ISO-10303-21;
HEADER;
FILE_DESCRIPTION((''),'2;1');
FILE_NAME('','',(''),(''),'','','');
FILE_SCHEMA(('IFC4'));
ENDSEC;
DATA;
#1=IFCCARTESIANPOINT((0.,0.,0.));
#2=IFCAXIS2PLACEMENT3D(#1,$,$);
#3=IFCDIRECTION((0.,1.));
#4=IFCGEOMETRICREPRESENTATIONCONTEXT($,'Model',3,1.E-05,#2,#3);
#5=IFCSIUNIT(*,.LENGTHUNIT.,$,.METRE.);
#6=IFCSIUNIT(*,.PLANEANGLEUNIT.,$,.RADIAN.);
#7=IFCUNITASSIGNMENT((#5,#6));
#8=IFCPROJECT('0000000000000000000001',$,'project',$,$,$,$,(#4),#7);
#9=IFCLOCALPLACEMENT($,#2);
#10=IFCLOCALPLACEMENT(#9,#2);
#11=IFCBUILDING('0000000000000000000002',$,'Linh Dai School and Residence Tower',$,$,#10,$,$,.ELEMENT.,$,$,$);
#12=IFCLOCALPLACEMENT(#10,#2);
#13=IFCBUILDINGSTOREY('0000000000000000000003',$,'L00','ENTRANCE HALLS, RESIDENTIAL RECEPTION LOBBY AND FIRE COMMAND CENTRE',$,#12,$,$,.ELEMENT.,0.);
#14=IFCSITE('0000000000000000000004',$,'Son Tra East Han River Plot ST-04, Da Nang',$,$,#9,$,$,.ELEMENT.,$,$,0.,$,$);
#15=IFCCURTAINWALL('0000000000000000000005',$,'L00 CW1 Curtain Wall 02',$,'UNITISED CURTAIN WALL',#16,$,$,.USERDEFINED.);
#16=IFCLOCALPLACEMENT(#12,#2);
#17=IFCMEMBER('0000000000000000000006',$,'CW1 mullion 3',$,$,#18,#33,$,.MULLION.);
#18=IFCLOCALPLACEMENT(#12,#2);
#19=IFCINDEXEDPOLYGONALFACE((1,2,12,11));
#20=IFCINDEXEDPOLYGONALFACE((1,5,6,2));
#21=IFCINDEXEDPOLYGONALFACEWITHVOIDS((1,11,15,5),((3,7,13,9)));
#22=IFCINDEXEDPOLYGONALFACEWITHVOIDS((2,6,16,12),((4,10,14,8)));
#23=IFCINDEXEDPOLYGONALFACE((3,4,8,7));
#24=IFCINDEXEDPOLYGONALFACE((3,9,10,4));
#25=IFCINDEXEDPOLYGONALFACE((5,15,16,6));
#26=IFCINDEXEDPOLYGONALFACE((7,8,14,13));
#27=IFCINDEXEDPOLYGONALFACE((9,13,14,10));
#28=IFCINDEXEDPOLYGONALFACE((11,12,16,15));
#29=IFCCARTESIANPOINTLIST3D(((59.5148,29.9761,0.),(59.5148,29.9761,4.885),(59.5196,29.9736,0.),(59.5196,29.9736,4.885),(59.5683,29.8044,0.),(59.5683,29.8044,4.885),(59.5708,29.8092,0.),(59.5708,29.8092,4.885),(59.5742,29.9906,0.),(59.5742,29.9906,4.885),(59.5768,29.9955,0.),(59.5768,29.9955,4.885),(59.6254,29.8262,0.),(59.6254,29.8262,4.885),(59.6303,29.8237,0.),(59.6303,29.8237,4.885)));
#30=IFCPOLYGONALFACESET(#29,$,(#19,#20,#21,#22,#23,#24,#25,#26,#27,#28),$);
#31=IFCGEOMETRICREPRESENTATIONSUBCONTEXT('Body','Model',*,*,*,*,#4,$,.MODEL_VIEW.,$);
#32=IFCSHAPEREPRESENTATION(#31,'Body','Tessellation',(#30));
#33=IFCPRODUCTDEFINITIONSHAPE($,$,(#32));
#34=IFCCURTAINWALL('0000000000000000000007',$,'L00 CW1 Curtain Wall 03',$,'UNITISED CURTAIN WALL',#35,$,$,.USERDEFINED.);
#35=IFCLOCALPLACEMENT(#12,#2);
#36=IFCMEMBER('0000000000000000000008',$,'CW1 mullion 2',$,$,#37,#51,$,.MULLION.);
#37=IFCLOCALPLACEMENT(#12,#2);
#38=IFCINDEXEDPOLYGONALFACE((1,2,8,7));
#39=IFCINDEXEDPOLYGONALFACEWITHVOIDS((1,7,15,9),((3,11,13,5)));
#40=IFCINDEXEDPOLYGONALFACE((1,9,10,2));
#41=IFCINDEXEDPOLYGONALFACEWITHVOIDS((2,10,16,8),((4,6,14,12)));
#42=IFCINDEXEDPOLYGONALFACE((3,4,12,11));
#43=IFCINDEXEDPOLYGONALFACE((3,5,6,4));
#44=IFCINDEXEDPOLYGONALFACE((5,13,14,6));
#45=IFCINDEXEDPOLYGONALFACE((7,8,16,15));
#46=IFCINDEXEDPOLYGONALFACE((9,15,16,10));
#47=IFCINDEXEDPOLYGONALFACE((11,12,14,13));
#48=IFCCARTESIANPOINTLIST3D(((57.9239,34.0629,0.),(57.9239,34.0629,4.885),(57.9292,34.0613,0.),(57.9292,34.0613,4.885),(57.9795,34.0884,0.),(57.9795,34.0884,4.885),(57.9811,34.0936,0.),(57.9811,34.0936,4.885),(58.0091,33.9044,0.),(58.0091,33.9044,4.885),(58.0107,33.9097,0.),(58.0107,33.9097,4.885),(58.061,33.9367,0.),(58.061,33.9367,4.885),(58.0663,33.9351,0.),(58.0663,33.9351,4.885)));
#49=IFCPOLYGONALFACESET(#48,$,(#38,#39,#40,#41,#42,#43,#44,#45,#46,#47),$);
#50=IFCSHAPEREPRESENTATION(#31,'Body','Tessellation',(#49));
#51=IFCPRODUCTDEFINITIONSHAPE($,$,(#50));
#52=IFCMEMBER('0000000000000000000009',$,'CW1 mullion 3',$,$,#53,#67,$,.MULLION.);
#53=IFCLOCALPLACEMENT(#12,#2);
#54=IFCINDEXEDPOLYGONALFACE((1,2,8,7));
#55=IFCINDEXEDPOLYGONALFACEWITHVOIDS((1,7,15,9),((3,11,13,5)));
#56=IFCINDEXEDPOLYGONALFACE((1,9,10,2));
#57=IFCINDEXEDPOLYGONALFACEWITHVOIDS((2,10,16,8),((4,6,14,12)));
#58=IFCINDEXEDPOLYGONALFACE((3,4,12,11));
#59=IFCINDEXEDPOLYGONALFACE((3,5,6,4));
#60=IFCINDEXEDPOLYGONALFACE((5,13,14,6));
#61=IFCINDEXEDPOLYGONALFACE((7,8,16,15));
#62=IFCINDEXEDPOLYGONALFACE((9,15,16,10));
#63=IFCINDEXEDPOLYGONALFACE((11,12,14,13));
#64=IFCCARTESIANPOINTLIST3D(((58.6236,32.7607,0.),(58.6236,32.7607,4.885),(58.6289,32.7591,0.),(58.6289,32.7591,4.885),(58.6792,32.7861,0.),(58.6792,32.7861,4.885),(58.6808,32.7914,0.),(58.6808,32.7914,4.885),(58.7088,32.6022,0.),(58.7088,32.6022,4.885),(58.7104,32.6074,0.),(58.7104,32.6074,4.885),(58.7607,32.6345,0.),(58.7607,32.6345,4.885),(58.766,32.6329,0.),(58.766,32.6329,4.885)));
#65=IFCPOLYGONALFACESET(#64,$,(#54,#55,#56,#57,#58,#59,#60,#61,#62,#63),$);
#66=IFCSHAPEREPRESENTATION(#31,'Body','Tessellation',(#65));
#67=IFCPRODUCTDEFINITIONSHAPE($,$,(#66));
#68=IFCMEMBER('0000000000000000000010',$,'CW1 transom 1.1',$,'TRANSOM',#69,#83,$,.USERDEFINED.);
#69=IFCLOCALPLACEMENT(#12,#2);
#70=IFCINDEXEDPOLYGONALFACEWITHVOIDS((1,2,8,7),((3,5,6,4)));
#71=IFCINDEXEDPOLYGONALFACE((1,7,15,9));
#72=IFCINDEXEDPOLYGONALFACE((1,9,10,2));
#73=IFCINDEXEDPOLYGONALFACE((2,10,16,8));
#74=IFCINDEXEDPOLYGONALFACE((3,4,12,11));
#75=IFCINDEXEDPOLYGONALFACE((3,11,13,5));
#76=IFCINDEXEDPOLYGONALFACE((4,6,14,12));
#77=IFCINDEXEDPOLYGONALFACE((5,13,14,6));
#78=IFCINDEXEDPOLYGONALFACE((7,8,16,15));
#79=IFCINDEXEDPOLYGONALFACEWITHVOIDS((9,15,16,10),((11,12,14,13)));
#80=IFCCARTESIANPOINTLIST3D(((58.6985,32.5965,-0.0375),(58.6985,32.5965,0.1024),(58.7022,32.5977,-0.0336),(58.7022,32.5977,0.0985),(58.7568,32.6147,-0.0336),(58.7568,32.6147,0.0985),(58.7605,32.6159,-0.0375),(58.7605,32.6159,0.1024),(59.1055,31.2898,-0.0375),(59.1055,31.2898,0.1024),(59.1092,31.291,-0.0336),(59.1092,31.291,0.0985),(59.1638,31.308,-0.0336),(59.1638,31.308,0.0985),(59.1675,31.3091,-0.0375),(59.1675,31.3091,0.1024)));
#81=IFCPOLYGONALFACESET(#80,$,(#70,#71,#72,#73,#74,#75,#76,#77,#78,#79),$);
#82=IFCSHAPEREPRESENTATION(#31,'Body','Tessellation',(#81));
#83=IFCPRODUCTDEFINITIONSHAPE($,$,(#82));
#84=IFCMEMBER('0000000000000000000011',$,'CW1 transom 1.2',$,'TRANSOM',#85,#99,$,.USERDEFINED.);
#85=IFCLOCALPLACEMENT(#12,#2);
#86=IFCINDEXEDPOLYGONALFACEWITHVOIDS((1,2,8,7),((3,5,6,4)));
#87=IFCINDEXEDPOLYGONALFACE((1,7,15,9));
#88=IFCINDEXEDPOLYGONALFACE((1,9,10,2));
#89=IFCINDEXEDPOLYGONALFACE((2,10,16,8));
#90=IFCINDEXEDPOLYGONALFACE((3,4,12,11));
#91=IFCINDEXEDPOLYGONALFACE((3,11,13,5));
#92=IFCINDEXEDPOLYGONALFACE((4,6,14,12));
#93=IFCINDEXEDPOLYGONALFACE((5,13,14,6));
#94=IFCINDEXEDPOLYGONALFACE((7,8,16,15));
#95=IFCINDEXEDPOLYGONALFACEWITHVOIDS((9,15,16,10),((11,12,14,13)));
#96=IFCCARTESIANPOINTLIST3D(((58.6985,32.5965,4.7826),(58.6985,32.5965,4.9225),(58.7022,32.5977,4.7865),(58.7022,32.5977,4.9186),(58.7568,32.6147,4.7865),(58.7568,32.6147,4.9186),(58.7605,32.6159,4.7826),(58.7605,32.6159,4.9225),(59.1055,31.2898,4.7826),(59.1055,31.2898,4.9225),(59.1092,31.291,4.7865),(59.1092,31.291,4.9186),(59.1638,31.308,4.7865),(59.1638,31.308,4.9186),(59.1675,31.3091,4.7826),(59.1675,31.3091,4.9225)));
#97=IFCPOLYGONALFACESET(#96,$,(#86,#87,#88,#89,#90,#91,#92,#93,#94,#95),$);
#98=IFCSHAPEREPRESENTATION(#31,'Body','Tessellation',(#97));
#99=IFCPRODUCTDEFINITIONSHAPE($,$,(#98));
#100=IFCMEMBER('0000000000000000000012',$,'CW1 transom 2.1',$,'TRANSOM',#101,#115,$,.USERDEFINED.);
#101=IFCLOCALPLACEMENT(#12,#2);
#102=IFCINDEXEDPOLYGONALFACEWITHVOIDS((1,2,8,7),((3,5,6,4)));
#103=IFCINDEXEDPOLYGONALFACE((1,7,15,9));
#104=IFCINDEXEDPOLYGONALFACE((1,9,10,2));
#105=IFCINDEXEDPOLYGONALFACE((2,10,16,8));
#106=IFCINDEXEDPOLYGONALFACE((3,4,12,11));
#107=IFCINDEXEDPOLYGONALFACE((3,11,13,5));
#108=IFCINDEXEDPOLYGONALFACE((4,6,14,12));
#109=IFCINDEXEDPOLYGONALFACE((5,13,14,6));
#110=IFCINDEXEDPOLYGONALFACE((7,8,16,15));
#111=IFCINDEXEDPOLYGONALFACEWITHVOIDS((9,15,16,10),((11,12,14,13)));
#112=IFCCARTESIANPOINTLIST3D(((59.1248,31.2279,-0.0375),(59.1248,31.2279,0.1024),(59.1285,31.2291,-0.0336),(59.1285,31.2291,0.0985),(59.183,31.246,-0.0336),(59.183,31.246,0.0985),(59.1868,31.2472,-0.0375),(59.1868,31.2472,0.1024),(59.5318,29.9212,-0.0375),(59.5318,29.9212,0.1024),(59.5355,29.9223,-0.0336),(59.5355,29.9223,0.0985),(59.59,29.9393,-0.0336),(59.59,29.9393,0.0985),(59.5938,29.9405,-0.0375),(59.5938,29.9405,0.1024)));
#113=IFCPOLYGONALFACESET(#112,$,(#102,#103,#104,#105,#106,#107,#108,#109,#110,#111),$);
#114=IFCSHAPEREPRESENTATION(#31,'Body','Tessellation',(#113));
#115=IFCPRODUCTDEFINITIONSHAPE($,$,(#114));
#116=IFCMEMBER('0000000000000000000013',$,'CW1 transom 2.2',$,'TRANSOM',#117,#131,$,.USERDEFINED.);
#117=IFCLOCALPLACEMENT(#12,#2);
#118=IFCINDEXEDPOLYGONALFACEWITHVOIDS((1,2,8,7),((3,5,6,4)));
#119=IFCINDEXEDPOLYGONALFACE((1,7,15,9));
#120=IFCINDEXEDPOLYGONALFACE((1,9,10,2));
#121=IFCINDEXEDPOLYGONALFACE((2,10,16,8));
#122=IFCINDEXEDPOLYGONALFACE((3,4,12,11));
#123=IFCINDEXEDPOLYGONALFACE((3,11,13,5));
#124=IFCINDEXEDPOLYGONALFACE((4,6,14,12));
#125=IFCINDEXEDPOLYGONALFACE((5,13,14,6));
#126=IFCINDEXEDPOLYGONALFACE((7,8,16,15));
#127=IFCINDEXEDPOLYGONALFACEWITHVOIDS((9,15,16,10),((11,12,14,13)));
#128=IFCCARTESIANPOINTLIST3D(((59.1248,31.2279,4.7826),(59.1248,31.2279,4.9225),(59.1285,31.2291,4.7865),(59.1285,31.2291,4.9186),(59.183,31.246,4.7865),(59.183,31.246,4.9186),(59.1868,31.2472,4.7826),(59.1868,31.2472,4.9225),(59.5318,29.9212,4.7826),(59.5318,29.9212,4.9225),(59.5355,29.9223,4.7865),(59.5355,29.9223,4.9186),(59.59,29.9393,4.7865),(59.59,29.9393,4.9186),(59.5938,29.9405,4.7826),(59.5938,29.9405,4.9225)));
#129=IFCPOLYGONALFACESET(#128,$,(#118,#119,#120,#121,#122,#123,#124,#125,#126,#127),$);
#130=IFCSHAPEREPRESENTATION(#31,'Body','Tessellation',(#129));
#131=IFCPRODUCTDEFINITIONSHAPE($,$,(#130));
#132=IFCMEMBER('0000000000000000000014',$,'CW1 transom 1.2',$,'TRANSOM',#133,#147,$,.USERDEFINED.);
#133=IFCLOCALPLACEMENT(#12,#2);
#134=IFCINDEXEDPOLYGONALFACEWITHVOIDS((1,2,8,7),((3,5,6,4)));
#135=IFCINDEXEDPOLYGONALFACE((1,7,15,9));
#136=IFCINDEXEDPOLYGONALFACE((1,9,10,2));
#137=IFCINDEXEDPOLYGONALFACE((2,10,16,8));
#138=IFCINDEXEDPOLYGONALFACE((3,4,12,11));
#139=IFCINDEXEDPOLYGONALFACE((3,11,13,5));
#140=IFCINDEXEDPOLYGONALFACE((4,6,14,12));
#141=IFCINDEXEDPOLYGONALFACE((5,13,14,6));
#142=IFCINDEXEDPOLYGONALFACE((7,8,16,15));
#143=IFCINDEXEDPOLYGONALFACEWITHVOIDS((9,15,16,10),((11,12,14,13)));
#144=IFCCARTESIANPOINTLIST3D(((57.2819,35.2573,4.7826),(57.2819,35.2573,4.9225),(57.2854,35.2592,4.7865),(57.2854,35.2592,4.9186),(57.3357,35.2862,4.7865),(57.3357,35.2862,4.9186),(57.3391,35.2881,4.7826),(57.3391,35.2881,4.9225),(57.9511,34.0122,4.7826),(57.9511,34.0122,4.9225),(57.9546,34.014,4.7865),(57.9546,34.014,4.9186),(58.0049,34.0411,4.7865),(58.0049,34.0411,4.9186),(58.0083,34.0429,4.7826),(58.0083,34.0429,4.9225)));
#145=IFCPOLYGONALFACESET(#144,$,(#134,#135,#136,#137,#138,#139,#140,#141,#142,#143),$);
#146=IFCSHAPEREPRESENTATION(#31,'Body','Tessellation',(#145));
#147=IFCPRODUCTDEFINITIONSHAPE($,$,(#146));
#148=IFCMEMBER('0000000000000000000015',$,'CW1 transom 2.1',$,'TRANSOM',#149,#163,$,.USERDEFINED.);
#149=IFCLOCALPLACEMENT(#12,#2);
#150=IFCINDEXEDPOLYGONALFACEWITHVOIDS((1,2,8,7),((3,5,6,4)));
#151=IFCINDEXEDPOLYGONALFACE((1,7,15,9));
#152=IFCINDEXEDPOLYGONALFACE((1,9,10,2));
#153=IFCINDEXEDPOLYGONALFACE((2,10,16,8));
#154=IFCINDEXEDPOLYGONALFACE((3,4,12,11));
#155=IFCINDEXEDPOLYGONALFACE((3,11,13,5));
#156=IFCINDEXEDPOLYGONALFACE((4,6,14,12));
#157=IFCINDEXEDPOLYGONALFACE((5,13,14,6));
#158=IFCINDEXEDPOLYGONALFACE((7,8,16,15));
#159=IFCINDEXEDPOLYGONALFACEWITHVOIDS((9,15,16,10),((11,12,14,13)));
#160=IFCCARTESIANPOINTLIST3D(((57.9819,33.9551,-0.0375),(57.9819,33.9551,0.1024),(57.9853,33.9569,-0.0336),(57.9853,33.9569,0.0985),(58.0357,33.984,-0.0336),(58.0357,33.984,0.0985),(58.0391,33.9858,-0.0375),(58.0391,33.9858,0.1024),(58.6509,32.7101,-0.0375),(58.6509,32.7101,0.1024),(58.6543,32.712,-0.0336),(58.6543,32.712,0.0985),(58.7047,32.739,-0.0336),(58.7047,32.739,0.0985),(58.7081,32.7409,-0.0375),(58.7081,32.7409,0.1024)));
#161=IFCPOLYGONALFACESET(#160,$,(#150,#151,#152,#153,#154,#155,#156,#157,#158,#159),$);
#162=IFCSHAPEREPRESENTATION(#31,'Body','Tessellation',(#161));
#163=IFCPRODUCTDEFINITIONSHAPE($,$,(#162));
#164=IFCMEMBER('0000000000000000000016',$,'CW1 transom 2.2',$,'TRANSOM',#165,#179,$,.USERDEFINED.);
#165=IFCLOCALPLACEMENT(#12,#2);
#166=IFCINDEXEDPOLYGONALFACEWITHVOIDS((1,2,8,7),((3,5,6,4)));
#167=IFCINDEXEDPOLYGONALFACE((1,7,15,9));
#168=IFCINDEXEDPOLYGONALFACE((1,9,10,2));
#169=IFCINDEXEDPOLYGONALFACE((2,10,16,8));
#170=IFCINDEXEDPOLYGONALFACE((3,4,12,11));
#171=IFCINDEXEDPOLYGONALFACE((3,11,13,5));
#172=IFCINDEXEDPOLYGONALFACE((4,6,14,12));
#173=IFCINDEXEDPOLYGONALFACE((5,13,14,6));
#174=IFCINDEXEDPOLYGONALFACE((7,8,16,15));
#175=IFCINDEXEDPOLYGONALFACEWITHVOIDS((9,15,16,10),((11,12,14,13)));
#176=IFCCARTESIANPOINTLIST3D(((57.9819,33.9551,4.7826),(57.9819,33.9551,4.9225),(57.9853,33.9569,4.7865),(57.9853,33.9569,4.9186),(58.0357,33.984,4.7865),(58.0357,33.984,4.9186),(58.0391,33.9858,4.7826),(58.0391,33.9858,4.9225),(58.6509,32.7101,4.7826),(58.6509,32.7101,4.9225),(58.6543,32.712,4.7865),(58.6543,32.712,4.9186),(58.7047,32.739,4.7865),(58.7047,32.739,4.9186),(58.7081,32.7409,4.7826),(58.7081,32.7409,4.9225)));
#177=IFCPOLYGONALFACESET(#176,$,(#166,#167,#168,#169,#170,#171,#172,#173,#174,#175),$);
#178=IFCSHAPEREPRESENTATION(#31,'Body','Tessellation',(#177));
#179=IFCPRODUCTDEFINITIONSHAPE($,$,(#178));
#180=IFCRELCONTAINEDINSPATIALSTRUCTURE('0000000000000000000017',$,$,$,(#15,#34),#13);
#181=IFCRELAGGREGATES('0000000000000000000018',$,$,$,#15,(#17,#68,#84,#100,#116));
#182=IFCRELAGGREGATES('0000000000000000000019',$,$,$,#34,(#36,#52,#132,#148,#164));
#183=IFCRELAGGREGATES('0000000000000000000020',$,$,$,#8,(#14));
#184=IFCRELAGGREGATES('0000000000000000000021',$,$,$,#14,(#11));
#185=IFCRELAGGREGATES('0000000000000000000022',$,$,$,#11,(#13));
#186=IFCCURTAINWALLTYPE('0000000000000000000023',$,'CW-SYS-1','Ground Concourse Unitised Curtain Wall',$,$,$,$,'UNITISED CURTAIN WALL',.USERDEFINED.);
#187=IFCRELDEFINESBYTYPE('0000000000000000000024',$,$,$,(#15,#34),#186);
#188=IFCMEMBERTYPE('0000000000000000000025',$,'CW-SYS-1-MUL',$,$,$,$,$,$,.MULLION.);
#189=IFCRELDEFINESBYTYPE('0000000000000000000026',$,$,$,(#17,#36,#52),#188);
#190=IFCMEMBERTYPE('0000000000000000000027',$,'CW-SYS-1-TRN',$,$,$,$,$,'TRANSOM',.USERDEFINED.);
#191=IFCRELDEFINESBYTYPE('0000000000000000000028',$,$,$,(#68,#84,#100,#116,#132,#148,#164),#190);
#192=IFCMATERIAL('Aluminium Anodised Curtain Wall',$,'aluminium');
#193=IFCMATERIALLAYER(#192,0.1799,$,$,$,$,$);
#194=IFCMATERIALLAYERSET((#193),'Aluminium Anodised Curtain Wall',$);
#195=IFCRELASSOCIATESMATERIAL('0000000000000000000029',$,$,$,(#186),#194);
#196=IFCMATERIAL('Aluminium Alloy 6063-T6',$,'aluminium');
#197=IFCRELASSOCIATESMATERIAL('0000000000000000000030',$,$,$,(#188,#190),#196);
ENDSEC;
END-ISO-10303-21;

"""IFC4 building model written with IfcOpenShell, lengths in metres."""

from ifc_helpers import new_model, si_unit, direction, frame, origin, origin_2d, place, context, subcontext, project, spatial, hollow_rectangle, extrude, source, transform, mapped, material, layer, layer_set, material_profile, profile_set, type_object, element, aggregate, save


model = new_model("IFC4")

# Units and contexts
model_context = context("Model", 3, precision=1e-05, world=origin(), true_north=direction((0.0, 1.0)))
body_context = subcontext(model_context, "Body", "Model", "MODEL_VIEW")
ifc_project = project(units=[si_unit("LENGTHUNIT", "METRE"), si_unit("PLANEANGLEUNIT", "RADIAN")], contexts=[model_context])

# Site, building, storey
site_placement = place(None, origin())
site = spatial("IfcSite", under=ifc_project, at=site_placement, Name="Son Tra East Han River Plot ST-04, Da Nang", CompositionType="ELEMENT", RefElevation=0.0)
building_placement = place(site_placement, origin())
building = spatial("IfcBuilding", under=site, at=building_placement, Name="Linh Dai School and Residence Tower", CompositionType="ELEMENT")
storey_placement = place(building_placement, origin())
storey = spatial("IfcBuildingStorey", under=building, at=storey_placement, Name="L00", Description="ENTRANCE HALLS, RESIDENTIAL RECEPTION LOBBY AND FIRE COMMAND CENTRE", CompositionType="ELEMENT", Elevation=0.0)

# Curtain walls, members
ifc_material_1 = material(Name="Aluminium Anodised Curtain Wall", Category="aluminium")
ifc_layer_1 = layer(ifc_material_1, 0.1799)
ifc_layer_set_1 = layer_set([ifc_layer_1], Name="Aluminium Anodised Curtain Wall")
curtain_wall_type = type_object("IfcCurtainWallType", Name="CW-SYS-1", Description="Ground Concourse Unitised Curtain Wall", ElementType="UNITISED CURTAIN WALL", PredefinedType="USERDEFINED", material=ifc_layer_set_1)
curtain_wall_1_placement = place(storey_placement, origin())
curtain_wall_1 = element("IfcCurtainWall", 1, at=curtain_wall_1_placement, inside=storey, type_object=curtain_wall_type, Name="L00 CW1 Curtain Wall 02", ObjectType="UNITISED CURTAIN WALL", PredefinedType="USERDEFINED")
ifc_material_2 = material(Name="Aluminium Alloy 6063-T6", Category="aluminium")
ifc_material_profile_1 = material_profile(ifc_material_2, hollow_rectangle(XDim=0.0649, YDim=0.1799, WallThickness=0.0039, at=origin_2d()), Name="RHS 180x65x4")
ifc_profile_set_1 = profile_set([ifc_material_profile_1], Name="Aluminium Alloy 6063-T6")
member_type_1 = type_object("IfcMemberType", Name="CW-SYS-1-MUL", PredefinedType="MULLION", material=ifc_profile_set_1)
shared_shape_1 = source(origin(), body_context, "Body", "SweptSolid", [
    extrude(hollow_rectangle(XDim=0.0649, YDim=0.1799, WallThickness=0.0039, at=origin_2d()), origin(), (0.0, 0.0, 1.0), 4.885),
])
member_1_placement = place(storey_placement, frame((59.5725, 29.8999, 0.0), z_axis=(0.0, 0.0, 1.0), x_axis=(0.954761, 0.297375, 0.0)))
member_1 = element("IfcMember", 2, at=member_1_placement, type_object=member_type_1, Name="CW1 mullion 3", PredefinedType="MULLION", context=body_context, shape_type="MappedRepresentation", body=[
    mapped(shared_shape_1, transform((0.0, 0.0, 0.0), x_axis=(1.0, 0.0, 0.0), y_axis=(0.0, 1.0, 0.0), z_axis=(0.0, 0.0, 1.0), scale=1.0)),
])
curtain_wall_2_placement = place(storey_placement, origin())
curtain_wall_2 = element("IfcCurtainWall", 3, at=curtain_wall_2_placement, inside=storey, type_object=curtain_wall_type, Name="L00 CW1 Curtain Wall 03", ObjectType="UNITISED CURTAIN WALL", PredefinedType="USERDEFINED")
member_2_placement = place(storey_placement, frame((57.9951, 33.999, 0.0), z_axis=(0.0, 0.0, 1.0), x_axis=(0.880872, 0.473355, 0.0)))
member_2 = element("IfcMember", 4, at=member_2_placement, type_object=member_type_1, Name="CW1 mullion 2", PredefinedType="MULLION", context=body_context, shape_type="MappedRepresentation", body=[
    mapped(shared_shape_1, transform((0.0, 0.0, 0.0), x_axis=(1.0, 0.0, 0.0), y_axis=(0.0, 1.0, 0.0), z_axis=(0.0, 0.0, 1.0), scale=1.0)),
])
member_3_placement = place(storey_placement, frame((58.6948, 32.6968, 0.0), z_axis=(0.0, 0.0, 1.0), x_axis=(0.880872, 0.473355, 0.0)))
member_3 = element("IfcMember", 5, at=member_3_placement, type_object=member_type_1, Name="CW1 mullion 3", PredefinedType="MULLION", context=body_context, shape_type="MappedRepresentation", body=[
    mapped(shared_shape_1, transform((0.0, 0.0, 0.0), x_axis=(1.0, 0.0, 0.0), y_axis=(0.0, 1.0, 0.0), z_axis=(0.0, 0.0, 1.0), scale=1.0)),
])

# Members
ifc_material_profile_2 = material_profile(ifc_material_2, hollow_rectangle(XDim=0.0649, YDim=0.1399, WallThickness=0.0039, at=origin_2d()), Name="RHS 140x65x4")
ifc_profile_set_2 = profile_set([ifc_material_profile_2], Name="Aluminium Alloy 6063-T6")
member_type_2 = type_object("IfcMemberType", Name="CW-SYS-1-TRN", ElementType="TRANSOM", PredefinedType="USERDEFINED", material=ifc_profile_set_2)
shared_shape_2 = source(origin(), body_context, "Body", "SweptSolid", [
    extrude(hollow_rectangle(XDim=0.0649, YDim=0.1399, WallThickness=0.0039, at=origin_2d()), origin(), (0.0, 0.0, 1.0), 1.3687),
])
member_4_placement = place(storey_placement, frame((58.7295, 32.6062, 0.0325), z_axis=(0.297381, -0.954759, 0.0), x_axis=(0.954759, 0.297381, 0.0)))
member_4 = element("IfcMember", 6, at=member_4_placement, type_object=member_type_2, Name="CW1 transom 1.1", ObjectType="TRANSOM", PredefinedType="USERDEFINED", context=body_context, shape_type="MappedRepresentation", body=[
    mapped(shared_shape_2, transform((0.0, 0.0, 0.0), x_axis=(1.0, 0.0, 0.0), y_axis=(0.0, 1.0, 0.0), z_axis=(0.0, 0.0, 1.0), scale=1.0)),
])
member_5_placement = place(storey_placement, frame((58.7295, 32.6062, 4.8525), z_axis=(0.297381, -0.954759, 0.0), x_axis=(0.954759, 0.297381, 0.0)))
member_5 = element("IfcMember", 7, at=member_5_placement, type_object=member_type_2, Name="CW1 transom 1.2", ObjectType="TRANSOM", PredefinedType="USERDEFINED", context=body_context, shape_type="MappedRepresentation", body=[
    mapped(shared_shape_2, transform((0.0, 0.0, 0.0), x_axis=(1.0, 0.0, 0.0), y_axis=(0.0, 1.0, 0.0), z_axis=(0.0, 0.0, 1.0), scale=1.0)),
])
member_6_placement = place(storey_placement, frame((59.1558, 31.2375, 0.0325), z_axis=(0.297381, -0.954759, 0.0), x_axis=(0.954759, 0.297381, 0.0)))
member_6 = element("IfcMember", 8, at=member_6_placement, type_object=member_type_2, Name="CW1 transom 2.1", ObjectType="TRANSOM", PredefinedType="USERDEFINED", context=body_context, shape_type="MappedRepresentation", body=[
    mapped(shared_shape_2, transform((0.0, 0.0, 0.0), x_axis=(1.0, 0.0, 0.0), y_axis=(0.0, 1.0, 0.0), z_axis=(0.0, 0.0, 1.0), scale=1.0)),
])
member_7_placement = place(storey_placement, frame((59.1558, 31.2375, 4.8525), z_axis=(0.297381, -0.954759, 0.0), x_axis=(0.954759, 0.297381, 0.0)))
member_7 = element("IfcMember", 9, at=member_7_placement, type_object=member_type_2, Name="CW1 transom 2.2", ObjectType="TRANSOM", PredefinedType="USERDEFINED", context=body_context, shape_type="MappedRepresentation", body=[
    mapped(shared_shape_2, transform((0.0, 0.0, 0.0), x_axis=(1.0, 0.0, 0.0), y_axis=(0.0, 1.0, 0.0), z_axis=(0.0, 0.0, 1.0), scale=1.0)),
])
shared_shape_3 = source(origin(), body_context, "Body", "SweptSolid", [
    extrude(hollow_rectangle(XDim=0.0649, YDim=0.1399, WallThickness=0.0039, at=origin_2d()), origin(), (0.0, 0.0, 1.0), 1.4136),
])
member_8_placement = place(storey_placement, frame((57.3105, 35.2727, 4.8525), z_axis=(0.47341, -0.880842, 0.0), x_axis=(0.880842, 0.47341, 0.0)))
member_8 = element("IfcMember", 10, at=member_8_placement, type_object=member_type_2, Name="CW1 transom 1.2", ObjectType="TRANSOM", PredefinedType="USERDEFINED", context=body_context, shape_type="MappedRepresentation", body=[
    mapped(shared_shape_3, transform((0.0, 0.0, 0.0), x_axis=(1.0, 0.0, 0.0), y_axis=(0.0, 1.0, 0.0), z_axis=(0.0, 0.0, 1.0), scale=1.0)),
])
shared_shape_4 = source(origin(), body_context, "Body", "SweptSolid", [
    extrude(hollow_rectangle(XDim=0.0649, YDim=0.1399, WallThickness=0.0039, at=origin_2d()), origin(), (0.0, 0.0, 1.0), 1.4133),
])
member_9_placement = place(storey_placement, frame((58.0105, 33.9705, 0.0325), z_axis=(0.473348, -0.880876, 0.0), x_axis=(0.880876, 0.473348, 0.0)))
member_9 = element("IfcMember", 11, at=member_9_placement, type_object=member_type_2, Name="CW1 transom 2.1", ObjectType="TRANSOM", PredefinedType="USERDEFINED", context=body_context, shape_type="MappedRepresentation", body=[
    mapped(shared_shape_4, transform((0.0, 0.0, 0.0), x_axis=(1.0, 0.0, 0.0), y_axis=(0.0, 1.0, 0.0), z_axis=(0.0, 0.0, 1.0), scale=1.0)),
])
member_10_placement = place(storey_placement, frame((58.0105, 33.9705, 4.8525), z_axis=(0.473348, -0.880876, 0.0), x_axis=(0.880876, 0.473348, 0.0)))
member_10 = element("IfcMember", 12, at=member_10_placement, type_object=member_type_2, Name="CW1 transom 2.2", ObjectType="TRANSOM", PredefinedType="USERDEFINED", context=body_context, shape_type="MappedRepresentation", body=[
    mapped(shared_shape_4, transform((0.0, 0.0, 0.0), x_axis=(1.0, 0.0, 0.0), y_axis=(0.0, 1.0, 0.0), z_axis=(0.0, 0.0, 1.0), scale=1.0)),
])

aggregate(curtain_wall_1, [member_1, member_4, member_5, member_6, member_7])
aggregate(curtain_wall_2, [member_2, member_3, member_8, member_9, member_10])

save(model, "model.ifc")
